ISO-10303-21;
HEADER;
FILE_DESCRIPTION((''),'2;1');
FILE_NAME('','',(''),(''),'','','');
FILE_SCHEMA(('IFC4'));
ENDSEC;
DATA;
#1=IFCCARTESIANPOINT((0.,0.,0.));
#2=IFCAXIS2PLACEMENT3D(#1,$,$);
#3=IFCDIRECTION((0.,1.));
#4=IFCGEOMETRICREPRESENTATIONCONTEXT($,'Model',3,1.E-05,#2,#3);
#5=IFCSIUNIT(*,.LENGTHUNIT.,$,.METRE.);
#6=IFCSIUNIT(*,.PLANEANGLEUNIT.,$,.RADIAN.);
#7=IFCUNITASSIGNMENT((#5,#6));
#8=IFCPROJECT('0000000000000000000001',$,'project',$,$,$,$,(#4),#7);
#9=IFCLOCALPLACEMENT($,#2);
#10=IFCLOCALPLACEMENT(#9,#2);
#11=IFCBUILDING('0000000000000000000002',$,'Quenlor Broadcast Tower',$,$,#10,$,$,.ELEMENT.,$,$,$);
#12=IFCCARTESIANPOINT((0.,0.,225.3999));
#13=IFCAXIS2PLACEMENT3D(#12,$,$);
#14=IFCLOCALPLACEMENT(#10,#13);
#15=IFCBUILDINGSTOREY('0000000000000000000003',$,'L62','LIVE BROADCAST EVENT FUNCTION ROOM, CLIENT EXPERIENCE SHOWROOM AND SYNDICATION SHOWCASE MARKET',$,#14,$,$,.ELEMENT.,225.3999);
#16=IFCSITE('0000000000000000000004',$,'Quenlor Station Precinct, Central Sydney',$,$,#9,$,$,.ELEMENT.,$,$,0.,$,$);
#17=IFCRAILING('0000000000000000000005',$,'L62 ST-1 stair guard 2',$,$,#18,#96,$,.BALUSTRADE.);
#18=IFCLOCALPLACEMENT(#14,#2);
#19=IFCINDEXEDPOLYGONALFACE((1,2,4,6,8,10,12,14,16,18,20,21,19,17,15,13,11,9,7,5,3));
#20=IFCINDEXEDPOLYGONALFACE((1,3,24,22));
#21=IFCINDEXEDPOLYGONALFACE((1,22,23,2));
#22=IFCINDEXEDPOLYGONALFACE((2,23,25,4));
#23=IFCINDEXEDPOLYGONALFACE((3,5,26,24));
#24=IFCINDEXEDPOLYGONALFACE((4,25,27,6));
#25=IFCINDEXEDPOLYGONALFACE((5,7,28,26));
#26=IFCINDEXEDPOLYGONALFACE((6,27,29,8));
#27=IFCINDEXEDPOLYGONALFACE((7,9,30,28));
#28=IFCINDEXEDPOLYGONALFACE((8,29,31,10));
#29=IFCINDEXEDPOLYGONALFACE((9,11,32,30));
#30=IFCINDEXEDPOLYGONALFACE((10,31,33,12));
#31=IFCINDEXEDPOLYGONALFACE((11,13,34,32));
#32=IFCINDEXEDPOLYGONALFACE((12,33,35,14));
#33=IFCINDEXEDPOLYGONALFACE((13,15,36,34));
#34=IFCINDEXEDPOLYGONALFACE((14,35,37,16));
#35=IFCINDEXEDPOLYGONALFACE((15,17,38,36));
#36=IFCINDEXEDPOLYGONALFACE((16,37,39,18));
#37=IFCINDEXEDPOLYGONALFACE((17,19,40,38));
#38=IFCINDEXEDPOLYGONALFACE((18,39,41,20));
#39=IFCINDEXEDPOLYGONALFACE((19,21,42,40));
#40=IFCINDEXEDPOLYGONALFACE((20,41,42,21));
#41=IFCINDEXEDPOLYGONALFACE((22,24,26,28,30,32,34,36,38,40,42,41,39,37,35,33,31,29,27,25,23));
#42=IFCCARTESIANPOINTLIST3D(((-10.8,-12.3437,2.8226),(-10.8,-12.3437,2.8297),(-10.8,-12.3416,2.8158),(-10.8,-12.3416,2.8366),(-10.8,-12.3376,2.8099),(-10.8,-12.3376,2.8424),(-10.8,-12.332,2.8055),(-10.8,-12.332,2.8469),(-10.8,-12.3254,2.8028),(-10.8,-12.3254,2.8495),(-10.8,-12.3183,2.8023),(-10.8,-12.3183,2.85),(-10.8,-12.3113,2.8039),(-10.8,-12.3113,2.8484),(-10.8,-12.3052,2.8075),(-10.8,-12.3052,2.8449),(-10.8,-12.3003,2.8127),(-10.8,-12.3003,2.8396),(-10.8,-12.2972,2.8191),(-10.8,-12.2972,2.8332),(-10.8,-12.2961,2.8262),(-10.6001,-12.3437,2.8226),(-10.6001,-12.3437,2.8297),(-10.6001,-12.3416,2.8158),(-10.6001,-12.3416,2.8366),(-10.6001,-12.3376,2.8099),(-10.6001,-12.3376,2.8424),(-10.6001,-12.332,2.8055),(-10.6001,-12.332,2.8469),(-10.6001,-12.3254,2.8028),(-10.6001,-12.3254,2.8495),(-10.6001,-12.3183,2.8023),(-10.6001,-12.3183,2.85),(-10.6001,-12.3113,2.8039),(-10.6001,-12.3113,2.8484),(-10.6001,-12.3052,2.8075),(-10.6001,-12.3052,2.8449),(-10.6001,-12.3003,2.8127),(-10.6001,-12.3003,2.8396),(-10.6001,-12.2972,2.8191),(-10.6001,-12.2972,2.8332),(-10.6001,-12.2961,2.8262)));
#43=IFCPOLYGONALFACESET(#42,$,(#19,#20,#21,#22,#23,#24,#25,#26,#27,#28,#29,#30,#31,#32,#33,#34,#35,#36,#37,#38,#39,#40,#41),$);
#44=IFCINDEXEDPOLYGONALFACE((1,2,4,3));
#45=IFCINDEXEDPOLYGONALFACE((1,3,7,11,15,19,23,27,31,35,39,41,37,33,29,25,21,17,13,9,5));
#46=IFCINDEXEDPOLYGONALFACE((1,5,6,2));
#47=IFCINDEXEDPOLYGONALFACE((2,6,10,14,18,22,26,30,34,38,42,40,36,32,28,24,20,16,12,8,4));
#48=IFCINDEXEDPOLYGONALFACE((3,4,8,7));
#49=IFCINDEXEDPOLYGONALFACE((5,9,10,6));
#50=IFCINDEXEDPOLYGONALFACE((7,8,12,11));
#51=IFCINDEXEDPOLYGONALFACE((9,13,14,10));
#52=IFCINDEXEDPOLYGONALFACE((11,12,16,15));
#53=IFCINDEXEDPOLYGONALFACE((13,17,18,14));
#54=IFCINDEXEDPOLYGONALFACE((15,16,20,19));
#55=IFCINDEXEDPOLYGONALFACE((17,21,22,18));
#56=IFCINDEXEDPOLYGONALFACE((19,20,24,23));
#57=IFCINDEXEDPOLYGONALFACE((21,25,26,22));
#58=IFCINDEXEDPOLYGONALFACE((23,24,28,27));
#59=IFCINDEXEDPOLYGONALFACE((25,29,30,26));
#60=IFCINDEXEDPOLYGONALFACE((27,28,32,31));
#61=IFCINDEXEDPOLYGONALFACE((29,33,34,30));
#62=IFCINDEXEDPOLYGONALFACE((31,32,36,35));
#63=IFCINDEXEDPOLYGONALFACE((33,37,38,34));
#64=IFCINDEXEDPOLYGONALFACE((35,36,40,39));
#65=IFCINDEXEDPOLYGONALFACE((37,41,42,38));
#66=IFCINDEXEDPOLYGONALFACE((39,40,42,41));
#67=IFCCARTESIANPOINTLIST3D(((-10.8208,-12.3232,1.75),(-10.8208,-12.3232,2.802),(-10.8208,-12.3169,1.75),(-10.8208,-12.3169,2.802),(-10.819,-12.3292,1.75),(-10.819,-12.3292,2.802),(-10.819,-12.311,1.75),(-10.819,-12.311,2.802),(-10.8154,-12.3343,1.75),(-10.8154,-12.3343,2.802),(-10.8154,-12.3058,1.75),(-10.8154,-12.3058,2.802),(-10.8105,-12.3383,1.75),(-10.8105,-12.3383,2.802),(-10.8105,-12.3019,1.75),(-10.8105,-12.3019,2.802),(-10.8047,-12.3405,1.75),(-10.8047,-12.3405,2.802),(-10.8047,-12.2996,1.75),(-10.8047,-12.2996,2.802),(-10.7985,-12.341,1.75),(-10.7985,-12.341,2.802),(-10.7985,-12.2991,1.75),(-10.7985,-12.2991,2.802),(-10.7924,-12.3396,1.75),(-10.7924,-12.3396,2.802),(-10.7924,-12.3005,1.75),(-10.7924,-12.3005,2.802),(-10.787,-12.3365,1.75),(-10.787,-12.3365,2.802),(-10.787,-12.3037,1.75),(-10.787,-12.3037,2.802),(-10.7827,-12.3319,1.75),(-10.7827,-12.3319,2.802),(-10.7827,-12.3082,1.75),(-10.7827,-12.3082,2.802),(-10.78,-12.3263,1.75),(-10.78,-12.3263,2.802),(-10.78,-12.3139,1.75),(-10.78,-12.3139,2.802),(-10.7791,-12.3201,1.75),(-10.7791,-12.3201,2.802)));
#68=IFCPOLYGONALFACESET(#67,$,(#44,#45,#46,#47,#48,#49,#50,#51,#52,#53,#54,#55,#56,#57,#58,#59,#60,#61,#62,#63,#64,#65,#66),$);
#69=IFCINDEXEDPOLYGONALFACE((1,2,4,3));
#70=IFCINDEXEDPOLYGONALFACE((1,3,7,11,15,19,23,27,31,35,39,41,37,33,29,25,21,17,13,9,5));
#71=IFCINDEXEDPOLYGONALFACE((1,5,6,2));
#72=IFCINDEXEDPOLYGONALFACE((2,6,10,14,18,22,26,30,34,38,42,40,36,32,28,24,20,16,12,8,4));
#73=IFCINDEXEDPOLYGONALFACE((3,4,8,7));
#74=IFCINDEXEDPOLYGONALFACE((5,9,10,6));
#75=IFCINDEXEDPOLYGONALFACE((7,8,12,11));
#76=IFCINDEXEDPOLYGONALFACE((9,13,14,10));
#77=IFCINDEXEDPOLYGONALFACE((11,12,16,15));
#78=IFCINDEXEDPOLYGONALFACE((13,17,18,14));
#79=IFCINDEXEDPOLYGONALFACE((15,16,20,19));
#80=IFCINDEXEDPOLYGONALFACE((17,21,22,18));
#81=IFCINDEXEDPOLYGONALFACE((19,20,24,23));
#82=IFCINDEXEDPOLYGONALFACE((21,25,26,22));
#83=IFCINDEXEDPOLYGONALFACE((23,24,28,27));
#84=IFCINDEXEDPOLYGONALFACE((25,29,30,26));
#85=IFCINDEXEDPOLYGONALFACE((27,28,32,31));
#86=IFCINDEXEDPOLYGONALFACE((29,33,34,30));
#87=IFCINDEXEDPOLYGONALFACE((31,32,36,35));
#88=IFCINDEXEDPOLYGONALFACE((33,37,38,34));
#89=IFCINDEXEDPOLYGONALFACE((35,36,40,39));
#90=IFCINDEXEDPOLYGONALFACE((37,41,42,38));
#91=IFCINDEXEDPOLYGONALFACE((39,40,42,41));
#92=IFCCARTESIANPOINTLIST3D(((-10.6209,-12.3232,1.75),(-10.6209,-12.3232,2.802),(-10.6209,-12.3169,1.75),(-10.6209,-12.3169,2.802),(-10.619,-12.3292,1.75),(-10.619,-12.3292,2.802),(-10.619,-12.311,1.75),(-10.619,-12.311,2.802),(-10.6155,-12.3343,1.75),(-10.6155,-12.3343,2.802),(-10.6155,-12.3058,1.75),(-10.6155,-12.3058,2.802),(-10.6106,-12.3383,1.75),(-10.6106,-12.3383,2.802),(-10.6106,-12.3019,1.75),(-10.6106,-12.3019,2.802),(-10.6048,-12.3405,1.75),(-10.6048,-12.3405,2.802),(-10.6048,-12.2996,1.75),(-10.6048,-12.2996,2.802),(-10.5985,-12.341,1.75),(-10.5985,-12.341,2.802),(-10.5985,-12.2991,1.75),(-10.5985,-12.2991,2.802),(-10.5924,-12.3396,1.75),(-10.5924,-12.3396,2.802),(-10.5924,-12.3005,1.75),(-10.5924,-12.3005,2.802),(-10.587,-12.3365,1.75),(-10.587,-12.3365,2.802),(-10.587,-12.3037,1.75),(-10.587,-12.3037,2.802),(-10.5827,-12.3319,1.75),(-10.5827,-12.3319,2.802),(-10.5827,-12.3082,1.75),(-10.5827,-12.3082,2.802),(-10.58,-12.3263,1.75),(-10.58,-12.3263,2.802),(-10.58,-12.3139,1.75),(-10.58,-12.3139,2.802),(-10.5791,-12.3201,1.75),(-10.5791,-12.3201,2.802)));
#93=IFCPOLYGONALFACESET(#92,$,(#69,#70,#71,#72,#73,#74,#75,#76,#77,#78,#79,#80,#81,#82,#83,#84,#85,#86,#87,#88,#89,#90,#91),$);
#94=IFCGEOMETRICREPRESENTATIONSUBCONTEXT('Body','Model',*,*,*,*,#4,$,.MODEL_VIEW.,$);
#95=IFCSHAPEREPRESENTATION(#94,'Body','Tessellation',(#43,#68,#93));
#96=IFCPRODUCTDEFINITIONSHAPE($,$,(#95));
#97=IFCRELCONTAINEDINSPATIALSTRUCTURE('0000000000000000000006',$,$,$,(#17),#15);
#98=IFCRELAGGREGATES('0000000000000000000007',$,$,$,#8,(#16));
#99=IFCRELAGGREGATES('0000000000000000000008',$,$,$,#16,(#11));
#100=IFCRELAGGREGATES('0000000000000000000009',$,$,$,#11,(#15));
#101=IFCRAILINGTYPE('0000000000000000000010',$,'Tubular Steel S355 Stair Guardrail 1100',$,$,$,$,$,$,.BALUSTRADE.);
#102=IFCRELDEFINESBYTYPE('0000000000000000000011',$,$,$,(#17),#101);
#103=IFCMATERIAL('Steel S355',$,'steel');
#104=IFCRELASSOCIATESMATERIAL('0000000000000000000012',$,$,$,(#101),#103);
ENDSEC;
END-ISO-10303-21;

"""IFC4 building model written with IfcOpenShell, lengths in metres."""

from ifc_helpers import new_model, si_unit, direction, frame, origin, origin_2d, place, context, subcontext, project, spatial, circle, extrude, material, type_object, element, save


model = new_model("IFC4")

# Units and contexts
model_context = context("Model", 3, precision=1e-05, world=origin(), true_north=direction((0.0, 1.0)))
body_context = subcontext(model_context, "Body", "Model", "MODEL_VIEW")
ifc_project = project(units=[si_unit("LENGTHUNIT", "METRE"), si_unit("PLANEANGLEUNIT", "RADIAN")], contexts=[model_context])

# Site, building, storey
site_placement = place(None, origin())
site = spatial("IfcSite", under=ifc_project, at=site_placement, Name="Quenlor Station Precinct, Central Sydney", CompositionType="ELEMENT", RefElevation=0.0)
building_placement = place(site_placement, origin())
building = spatial("IfcBuilding", under=site, at=building_placement, Name="Quenlor Broadcast Tower", CompositionType="ELEMENT")
storey_placement = place(building_placement, frame((0.0, 0.0, 225.3999)))
storey = spatial("IfcBuildingStorey", under=building, at=storey_placement, Name="L62", Description="LIVE BROADCAST EVENT FUNCTION ROOM, CLIENT EXPERIENCE SHOWROOM AND SYNDICATION SHOWCASE MARKET", CompositionType="ELEMENT", Elevation=225.3999)

# Railing
ifc_material_1 = material(Name="Steel S355", Category="steel")
railing_type_1 = type_object("IfcRailingType", Name="Tubular Steel S355 Stair Guardrail 1100", PredefinedType="BALUSTRADE", material=ifc_material_1)
railing_1_placement = place(storey_placement, frame((-10.8, -12.3201, 1.75)))
element("IfcRailing", 1, at=railing_1_placement, inside=storey, type_object=railing_type_1, Name="L62 ST-1 stair guard 2", PredefinedType="BALUSTRADE", context=body_context, shape_type="SweptSolid", body=[
    extrude(circle(Radius=0.0239, at=origin_2d()), frame((0.0, 0.0, 1.0762), z_axis=(1.0, 0.0, 0.0), x_axis=(0.0, 1.0, 0.0)), (0.0, 0.0, 1.0), 0.2),
    extrude(circle(Radius=0.021, at=origin_2d()), origin(), (0.0, 0.0, 1.0), 1.052),
    extrude(circle(Radius=0.021, at=origin_2d()), frame((0.2, 0.0, 0.0)), (0.0, 0.0, 1.0), 1.052),
])

save(model, "model.ifc")
